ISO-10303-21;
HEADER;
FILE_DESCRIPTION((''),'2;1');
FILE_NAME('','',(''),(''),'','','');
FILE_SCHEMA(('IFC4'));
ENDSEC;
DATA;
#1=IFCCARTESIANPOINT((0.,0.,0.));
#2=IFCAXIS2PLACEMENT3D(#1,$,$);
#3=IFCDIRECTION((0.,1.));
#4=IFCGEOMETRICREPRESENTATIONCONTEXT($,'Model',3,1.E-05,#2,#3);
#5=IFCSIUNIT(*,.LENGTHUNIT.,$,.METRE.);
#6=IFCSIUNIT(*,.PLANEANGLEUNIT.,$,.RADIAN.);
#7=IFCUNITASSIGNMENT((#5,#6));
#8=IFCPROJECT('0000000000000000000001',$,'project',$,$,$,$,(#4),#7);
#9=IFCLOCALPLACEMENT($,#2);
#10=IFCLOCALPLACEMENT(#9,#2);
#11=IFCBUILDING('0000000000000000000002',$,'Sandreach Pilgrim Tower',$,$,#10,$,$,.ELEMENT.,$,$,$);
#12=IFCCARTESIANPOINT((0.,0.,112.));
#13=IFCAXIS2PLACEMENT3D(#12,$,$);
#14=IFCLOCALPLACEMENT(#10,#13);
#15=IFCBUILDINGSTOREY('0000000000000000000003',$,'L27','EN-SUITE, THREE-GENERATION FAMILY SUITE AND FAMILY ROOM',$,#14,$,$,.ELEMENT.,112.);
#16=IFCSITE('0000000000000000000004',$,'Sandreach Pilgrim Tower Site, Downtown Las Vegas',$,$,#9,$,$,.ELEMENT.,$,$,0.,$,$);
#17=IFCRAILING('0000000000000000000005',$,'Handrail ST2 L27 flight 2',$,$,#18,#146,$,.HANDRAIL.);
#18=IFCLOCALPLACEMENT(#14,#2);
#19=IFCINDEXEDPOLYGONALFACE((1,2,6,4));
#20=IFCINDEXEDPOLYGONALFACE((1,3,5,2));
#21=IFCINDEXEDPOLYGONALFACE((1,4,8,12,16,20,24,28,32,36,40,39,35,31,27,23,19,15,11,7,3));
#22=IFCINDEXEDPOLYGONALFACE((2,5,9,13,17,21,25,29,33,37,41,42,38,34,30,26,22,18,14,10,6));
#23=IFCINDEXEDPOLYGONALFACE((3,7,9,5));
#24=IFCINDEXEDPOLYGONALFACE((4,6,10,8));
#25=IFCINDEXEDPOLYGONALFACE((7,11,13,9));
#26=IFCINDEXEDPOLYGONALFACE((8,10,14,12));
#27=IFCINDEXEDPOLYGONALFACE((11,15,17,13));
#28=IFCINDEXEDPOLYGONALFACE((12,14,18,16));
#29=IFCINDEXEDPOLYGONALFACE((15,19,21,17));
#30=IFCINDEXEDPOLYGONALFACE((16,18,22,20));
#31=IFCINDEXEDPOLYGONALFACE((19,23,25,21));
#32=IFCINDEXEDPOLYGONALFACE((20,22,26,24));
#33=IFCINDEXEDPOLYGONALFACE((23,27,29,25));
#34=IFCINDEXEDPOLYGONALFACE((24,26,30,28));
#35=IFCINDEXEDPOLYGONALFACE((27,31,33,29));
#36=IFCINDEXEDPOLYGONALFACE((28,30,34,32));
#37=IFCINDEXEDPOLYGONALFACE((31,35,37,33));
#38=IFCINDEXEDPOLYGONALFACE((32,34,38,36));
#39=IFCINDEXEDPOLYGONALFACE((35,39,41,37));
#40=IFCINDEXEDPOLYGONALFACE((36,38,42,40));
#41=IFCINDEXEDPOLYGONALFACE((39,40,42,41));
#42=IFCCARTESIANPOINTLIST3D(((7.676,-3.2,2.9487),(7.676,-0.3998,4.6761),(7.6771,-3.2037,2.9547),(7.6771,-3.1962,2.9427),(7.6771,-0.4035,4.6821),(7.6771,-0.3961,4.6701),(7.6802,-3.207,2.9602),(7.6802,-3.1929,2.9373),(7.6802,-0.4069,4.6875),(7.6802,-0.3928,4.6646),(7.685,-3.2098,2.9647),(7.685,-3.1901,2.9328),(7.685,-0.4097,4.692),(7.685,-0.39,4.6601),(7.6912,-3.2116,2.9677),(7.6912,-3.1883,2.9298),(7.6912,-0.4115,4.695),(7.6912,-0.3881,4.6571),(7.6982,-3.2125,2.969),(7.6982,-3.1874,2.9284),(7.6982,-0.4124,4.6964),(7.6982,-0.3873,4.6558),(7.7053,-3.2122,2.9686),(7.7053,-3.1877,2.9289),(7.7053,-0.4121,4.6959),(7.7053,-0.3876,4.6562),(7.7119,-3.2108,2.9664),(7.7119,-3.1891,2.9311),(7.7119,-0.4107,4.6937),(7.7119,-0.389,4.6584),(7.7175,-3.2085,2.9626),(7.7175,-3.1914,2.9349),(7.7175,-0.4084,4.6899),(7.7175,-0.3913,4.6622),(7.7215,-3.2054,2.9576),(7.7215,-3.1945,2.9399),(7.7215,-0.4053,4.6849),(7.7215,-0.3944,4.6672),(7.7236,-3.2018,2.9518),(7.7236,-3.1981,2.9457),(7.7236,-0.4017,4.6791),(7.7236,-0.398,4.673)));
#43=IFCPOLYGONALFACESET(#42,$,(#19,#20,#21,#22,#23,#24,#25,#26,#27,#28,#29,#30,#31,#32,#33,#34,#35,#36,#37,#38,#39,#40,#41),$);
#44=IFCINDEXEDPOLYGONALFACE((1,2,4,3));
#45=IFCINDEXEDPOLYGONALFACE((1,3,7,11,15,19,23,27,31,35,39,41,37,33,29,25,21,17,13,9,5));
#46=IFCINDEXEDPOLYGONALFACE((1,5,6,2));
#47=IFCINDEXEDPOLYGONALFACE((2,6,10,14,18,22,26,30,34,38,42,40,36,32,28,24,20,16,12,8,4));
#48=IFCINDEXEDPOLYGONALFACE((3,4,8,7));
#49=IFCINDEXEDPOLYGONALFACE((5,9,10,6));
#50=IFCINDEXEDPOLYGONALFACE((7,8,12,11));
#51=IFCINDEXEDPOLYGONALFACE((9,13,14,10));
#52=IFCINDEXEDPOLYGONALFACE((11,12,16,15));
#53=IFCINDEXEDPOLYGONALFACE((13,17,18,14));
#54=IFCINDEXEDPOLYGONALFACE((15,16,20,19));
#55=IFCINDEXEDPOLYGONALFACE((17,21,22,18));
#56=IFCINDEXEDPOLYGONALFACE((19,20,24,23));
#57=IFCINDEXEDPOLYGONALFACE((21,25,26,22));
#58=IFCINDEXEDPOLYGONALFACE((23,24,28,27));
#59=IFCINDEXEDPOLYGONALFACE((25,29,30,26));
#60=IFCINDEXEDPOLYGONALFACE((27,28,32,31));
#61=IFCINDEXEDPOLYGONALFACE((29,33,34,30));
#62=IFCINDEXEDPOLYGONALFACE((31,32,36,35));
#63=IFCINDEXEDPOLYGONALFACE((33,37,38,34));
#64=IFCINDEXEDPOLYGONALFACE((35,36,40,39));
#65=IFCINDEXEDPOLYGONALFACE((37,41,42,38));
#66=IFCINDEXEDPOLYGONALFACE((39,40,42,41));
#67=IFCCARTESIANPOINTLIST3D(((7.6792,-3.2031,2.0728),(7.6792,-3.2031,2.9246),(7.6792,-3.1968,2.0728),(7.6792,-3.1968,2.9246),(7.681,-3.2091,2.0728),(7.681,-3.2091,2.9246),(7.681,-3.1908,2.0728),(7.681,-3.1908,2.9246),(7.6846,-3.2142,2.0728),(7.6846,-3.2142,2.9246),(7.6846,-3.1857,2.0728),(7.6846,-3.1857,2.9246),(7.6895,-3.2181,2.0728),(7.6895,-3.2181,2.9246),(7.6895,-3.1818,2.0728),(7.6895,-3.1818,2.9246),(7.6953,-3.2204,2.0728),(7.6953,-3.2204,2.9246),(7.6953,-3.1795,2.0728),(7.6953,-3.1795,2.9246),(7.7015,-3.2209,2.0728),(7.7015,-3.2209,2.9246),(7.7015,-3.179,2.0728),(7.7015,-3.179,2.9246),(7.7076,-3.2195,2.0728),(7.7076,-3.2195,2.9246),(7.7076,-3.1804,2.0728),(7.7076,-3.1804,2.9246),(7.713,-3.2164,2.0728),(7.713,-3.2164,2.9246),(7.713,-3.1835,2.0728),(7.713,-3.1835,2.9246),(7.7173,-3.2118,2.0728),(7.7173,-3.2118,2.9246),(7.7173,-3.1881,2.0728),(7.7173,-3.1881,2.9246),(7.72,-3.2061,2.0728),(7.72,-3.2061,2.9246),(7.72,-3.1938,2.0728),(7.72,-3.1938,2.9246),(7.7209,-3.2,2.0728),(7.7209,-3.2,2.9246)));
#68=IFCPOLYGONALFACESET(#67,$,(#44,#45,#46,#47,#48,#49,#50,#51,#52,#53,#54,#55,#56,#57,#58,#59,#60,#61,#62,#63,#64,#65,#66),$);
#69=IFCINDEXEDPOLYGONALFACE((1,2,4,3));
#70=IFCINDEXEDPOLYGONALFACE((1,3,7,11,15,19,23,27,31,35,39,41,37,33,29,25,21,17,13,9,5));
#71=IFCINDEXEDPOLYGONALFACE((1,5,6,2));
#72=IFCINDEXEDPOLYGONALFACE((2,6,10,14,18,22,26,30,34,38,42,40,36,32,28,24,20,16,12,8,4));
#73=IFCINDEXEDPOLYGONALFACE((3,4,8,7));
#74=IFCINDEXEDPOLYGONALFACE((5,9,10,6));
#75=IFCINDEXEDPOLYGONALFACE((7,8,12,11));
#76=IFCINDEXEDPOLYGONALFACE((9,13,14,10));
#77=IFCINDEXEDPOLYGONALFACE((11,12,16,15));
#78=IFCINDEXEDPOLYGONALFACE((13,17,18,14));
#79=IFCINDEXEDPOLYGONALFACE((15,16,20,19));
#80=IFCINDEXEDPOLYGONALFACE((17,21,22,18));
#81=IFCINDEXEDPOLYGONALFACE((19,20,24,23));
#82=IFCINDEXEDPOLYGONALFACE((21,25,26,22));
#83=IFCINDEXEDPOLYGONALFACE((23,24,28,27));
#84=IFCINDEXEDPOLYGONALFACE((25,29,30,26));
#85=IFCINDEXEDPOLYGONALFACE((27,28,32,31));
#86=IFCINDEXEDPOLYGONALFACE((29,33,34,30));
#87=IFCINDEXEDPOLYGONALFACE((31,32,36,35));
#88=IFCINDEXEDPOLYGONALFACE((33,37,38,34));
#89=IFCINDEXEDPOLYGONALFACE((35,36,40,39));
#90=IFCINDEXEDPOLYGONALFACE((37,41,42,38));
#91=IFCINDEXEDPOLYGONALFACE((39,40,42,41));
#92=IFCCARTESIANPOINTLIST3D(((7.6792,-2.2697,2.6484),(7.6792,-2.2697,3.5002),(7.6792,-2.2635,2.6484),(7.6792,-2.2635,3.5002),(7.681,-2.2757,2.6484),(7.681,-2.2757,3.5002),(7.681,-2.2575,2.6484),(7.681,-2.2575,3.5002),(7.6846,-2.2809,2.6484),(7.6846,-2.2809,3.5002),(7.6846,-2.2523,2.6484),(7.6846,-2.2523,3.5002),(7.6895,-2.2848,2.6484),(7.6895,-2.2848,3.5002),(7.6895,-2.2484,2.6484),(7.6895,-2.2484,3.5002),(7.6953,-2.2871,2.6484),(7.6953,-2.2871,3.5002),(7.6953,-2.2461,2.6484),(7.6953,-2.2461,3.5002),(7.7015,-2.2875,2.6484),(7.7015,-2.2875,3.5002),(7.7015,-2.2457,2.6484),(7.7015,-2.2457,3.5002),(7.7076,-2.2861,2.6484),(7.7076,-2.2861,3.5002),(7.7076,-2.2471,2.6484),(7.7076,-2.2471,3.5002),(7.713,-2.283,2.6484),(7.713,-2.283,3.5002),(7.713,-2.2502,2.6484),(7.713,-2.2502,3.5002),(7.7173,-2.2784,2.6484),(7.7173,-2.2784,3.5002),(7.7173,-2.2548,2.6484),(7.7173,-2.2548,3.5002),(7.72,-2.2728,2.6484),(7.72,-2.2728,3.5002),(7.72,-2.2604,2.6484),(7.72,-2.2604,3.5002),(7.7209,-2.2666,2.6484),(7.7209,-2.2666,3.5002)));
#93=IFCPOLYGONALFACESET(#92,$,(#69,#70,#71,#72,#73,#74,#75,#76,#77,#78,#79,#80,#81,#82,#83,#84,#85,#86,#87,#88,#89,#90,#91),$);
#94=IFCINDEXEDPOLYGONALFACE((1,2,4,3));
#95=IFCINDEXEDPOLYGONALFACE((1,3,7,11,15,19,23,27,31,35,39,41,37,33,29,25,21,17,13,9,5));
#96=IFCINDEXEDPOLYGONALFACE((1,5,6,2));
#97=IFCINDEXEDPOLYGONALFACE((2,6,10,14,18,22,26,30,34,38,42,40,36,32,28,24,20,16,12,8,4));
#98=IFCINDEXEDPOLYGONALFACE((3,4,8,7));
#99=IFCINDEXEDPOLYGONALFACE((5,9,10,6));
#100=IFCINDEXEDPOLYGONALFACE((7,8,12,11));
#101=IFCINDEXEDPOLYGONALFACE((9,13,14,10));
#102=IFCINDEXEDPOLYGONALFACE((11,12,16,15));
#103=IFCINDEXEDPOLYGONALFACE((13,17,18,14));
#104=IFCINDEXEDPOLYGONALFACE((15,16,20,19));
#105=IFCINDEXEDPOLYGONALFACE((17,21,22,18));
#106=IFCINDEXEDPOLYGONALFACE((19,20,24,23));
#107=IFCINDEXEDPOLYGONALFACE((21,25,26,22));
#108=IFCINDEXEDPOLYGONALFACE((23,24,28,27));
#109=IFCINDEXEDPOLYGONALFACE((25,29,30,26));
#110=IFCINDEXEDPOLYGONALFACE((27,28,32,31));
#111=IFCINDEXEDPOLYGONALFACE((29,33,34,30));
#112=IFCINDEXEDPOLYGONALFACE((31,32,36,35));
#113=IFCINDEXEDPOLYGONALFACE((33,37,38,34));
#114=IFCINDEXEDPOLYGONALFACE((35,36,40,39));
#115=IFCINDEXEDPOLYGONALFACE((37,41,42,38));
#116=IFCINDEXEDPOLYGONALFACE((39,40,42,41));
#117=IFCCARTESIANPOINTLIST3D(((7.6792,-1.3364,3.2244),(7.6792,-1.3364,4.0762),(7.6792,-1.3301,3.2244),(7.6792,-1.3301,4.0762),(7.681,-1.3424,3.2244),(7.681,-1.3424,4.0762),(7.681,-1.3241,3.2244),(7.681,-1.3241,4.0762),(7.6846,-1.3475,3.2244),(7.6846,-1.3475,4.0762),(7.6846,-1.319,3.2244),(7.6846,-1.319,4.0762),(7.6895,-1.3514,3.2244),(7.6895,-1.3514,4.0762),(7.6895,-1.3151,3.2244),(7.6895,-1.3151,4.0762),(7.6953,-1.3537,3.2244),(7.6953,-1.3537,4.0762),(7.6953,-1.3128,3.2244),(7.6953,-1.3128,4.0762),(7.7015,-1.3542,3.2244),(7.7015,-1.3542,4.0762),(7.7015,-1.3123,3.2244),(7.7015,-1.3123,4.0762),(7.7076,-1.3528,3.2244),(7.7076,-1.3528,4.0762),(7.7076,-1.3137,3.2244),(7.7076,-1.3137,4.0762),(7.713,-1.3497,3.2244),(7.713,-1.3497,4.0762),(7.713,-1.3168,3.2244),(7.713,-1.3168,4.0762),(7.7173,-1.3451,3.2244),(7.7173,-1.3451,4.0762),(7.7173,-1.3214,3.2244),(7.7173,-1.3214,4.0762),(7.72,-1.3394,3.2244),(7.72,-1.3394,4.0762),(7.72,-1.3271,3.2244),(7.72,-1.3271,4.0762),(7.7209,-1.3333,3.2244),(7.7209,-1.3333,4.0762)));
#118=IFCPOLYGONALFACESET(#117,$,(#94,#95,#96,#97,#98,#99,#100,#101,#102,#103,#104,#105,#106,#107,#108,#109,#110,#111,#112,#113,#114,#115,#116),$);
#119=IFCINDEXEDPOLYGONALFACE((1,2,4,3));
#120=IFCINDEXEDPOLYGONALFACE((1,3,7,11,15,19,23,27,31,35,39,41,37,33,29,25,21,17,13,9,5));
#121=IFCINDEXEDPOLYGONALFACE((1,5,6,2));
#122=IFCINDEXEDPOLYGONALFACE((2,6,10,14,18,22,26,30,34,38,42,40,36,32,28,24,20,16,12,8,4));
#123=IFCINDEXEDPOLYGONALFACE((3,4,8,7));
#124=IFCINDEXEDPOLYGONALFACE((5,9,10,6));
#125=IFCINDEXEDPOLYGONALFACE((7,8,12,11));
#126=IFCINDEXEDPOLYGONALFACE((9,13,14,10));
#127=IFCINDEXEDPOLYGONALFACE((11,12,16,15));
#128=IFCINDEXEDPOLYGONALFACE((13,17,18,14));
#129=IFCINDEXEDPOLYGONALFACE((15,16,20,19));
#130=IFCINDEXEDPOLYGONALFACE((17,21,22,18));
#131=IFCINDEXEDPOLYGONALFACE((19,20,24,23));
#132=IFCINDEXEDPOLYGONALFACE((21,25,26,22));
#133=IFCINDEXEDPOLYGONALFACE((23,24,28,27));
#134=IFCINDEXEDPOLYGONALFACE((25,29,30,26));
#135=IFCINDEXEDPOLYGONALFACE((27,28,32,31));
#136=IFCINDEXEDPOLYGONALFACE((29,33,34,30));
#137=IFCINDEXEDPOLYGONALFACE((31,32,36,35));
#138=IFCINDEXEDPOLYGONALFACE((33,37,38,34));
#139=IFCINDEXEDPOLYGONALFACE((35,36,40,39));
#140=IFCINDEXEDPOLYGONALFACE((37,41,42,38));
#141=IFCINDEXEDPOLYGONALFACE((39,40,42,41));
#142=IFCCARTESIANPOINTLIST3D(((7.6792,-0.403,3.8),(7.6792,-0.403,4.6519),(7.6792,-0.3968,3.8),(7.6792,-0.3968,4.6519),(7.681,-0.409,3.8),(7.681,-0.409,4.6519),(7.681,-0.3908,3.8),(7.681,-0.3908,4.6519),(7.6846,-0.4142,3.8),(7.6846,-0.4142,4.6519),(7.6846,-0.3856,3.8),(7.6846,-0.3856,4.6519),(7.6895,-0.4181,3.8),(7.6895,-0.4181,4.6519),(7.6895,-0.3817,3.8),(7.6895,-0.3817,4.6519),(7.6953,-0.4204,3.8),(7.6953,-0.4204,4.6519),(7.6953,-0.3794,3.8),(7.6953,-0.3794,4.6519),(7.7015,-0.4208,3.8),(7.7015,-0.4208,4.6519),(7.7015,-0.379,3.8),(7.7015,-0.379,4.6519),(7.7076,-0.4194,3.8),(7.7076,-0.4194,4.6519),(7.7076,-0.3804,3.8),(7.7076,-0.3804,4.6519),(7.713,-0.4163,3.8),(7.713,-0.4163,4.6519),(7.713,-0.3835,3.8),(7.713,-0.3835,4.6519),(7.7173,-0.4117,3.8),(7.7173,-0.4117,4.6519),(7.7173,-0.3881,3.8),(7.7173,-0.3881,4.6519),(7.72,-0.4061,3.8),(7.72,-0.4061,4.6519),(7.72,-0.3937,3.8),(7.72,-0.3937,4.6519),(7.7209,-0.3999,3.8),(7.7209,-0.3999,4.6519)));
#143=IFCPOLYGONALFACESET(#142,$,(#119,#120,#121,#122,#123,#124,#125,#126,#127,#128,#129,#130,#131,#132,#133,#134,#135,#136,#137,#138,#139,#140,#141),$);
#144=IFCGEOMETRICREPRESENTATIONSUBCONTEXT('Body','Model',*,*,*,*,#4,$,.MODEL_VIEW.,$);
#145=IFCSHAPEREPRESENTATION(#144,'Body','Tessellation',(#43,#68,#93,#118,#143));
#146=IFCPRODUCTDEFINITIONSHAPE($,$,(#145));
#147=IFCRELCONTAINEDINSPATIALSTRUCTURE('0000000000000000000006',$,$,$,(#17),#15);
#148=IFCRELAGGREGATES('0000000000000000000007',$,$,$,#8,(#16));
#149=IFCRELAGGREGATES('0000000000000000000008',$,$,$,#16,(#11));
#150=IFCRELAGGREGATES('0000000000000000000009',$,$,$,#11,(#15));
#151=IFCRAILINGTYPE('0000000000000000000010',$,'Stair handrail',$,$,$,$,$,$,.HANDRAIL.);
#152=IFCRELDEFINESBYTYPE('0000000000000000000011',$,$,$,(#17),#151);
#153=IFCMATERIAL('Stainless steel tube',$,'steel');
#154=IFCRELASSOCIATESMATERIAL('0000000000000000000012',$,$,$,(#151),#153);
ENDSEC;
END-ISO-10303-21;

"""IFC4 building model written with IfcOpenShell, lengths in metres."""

from ifc_helpers import new_model, si_unit, direction, frame, origin, origin_2d, place, context, subcontext, project, spatial, circle, extrude, material, type_object, element, save


model = new_model("IFC4")

# Units and contexts
model_context = context("Model", 3, precision=1e-05, world=origin(), true_north=direction((0.0, 1.0)))
body_context = subcontext(model_context, "Body", "Model", "MODEL_VIEW")
ifc_project = project(units=[si_unit("LENGTHUNIT", "METRE"), si_unit("PLANEANGLEUNIT", "RADIAN")], contexts=[model_context])

# Site, building, storey
site_placement = place(None, origin())
site = spatial("IfcSite", under=ifc_project, at=site_placement, Name="Sandreach Pilgrim Tower Site, Downtown Las Vegas", CompositionType="ELEMENT", RefElevation=0.0)
building_placement = place(site_placement, origin())
building = spatial("IfcBuilding", under=site, at=building_placement, Name="Sandreach Pilgrim Tower", CompositionType="ELEMENT")
storey_placement = place(building_placement, frame((0.0, 0.0, 112.0)))
storey = spatial("IfcBuildingStorey", under=building, at=storey_placement, Name="L27", Description="EN-SUITE, THREE-GENERATION FAMILY SUITE AND FAMILY ROOM", CompositionType="ELEMENT", Elevation=112.0)

# Railing
ifc_material_1 = material(Name="Stainless steel tube", Category="steel")
railing_type = type_object("IfcRailingType", Name="Stair handrail", PredefinedType="HANDRAIL", material=ifc_material_1)
for number, where, name in (
    (1, (7.7, -3.2, 2.0728), "Handrail ST2 L27 flight 2"),
):
    element("IfcRailing", number, at=place(storey_placement, frame(where)), inside=storey, type_object=railing_type, Name=name, PredefinedType="HANDRAIL", context=body_context, shape_type="SweptSolid", body=[
        extrude(circle(Radius=0.0239, at=origin_2d()), frame((0.0, 0.0, 0.876), z_axis=(0.0, 0.85109, 0.52502), x_axis=(-1.0, 0.0, 0.0)), (0.0, 0.0, 1.0), 3.29),
        extrude(circle(Radius=0.021, at=origin_2d()), origin(), (0.0, 0.0, 1.0), 0.8518),
        extrude(circle(Radius=0.021, at=origin_2d()), frame((0.0, 0.9333, 0.5757)), (0.0, 0.0, 1.0), 0.8518),
        extrude(circle(Radius=0.021, at=origin_2d()), frame((0.0, 1.8667, 1.1516)), (0.0, 0.0, 1.0), 0.8518),
        extrude(circle(Radius=0.021, at=origin_2d()), frame((0.0, 2.8, 1.7273)), (0.0, 0.0, 1.0), 0.8518),
    ])

save(model, "model.ifc")
